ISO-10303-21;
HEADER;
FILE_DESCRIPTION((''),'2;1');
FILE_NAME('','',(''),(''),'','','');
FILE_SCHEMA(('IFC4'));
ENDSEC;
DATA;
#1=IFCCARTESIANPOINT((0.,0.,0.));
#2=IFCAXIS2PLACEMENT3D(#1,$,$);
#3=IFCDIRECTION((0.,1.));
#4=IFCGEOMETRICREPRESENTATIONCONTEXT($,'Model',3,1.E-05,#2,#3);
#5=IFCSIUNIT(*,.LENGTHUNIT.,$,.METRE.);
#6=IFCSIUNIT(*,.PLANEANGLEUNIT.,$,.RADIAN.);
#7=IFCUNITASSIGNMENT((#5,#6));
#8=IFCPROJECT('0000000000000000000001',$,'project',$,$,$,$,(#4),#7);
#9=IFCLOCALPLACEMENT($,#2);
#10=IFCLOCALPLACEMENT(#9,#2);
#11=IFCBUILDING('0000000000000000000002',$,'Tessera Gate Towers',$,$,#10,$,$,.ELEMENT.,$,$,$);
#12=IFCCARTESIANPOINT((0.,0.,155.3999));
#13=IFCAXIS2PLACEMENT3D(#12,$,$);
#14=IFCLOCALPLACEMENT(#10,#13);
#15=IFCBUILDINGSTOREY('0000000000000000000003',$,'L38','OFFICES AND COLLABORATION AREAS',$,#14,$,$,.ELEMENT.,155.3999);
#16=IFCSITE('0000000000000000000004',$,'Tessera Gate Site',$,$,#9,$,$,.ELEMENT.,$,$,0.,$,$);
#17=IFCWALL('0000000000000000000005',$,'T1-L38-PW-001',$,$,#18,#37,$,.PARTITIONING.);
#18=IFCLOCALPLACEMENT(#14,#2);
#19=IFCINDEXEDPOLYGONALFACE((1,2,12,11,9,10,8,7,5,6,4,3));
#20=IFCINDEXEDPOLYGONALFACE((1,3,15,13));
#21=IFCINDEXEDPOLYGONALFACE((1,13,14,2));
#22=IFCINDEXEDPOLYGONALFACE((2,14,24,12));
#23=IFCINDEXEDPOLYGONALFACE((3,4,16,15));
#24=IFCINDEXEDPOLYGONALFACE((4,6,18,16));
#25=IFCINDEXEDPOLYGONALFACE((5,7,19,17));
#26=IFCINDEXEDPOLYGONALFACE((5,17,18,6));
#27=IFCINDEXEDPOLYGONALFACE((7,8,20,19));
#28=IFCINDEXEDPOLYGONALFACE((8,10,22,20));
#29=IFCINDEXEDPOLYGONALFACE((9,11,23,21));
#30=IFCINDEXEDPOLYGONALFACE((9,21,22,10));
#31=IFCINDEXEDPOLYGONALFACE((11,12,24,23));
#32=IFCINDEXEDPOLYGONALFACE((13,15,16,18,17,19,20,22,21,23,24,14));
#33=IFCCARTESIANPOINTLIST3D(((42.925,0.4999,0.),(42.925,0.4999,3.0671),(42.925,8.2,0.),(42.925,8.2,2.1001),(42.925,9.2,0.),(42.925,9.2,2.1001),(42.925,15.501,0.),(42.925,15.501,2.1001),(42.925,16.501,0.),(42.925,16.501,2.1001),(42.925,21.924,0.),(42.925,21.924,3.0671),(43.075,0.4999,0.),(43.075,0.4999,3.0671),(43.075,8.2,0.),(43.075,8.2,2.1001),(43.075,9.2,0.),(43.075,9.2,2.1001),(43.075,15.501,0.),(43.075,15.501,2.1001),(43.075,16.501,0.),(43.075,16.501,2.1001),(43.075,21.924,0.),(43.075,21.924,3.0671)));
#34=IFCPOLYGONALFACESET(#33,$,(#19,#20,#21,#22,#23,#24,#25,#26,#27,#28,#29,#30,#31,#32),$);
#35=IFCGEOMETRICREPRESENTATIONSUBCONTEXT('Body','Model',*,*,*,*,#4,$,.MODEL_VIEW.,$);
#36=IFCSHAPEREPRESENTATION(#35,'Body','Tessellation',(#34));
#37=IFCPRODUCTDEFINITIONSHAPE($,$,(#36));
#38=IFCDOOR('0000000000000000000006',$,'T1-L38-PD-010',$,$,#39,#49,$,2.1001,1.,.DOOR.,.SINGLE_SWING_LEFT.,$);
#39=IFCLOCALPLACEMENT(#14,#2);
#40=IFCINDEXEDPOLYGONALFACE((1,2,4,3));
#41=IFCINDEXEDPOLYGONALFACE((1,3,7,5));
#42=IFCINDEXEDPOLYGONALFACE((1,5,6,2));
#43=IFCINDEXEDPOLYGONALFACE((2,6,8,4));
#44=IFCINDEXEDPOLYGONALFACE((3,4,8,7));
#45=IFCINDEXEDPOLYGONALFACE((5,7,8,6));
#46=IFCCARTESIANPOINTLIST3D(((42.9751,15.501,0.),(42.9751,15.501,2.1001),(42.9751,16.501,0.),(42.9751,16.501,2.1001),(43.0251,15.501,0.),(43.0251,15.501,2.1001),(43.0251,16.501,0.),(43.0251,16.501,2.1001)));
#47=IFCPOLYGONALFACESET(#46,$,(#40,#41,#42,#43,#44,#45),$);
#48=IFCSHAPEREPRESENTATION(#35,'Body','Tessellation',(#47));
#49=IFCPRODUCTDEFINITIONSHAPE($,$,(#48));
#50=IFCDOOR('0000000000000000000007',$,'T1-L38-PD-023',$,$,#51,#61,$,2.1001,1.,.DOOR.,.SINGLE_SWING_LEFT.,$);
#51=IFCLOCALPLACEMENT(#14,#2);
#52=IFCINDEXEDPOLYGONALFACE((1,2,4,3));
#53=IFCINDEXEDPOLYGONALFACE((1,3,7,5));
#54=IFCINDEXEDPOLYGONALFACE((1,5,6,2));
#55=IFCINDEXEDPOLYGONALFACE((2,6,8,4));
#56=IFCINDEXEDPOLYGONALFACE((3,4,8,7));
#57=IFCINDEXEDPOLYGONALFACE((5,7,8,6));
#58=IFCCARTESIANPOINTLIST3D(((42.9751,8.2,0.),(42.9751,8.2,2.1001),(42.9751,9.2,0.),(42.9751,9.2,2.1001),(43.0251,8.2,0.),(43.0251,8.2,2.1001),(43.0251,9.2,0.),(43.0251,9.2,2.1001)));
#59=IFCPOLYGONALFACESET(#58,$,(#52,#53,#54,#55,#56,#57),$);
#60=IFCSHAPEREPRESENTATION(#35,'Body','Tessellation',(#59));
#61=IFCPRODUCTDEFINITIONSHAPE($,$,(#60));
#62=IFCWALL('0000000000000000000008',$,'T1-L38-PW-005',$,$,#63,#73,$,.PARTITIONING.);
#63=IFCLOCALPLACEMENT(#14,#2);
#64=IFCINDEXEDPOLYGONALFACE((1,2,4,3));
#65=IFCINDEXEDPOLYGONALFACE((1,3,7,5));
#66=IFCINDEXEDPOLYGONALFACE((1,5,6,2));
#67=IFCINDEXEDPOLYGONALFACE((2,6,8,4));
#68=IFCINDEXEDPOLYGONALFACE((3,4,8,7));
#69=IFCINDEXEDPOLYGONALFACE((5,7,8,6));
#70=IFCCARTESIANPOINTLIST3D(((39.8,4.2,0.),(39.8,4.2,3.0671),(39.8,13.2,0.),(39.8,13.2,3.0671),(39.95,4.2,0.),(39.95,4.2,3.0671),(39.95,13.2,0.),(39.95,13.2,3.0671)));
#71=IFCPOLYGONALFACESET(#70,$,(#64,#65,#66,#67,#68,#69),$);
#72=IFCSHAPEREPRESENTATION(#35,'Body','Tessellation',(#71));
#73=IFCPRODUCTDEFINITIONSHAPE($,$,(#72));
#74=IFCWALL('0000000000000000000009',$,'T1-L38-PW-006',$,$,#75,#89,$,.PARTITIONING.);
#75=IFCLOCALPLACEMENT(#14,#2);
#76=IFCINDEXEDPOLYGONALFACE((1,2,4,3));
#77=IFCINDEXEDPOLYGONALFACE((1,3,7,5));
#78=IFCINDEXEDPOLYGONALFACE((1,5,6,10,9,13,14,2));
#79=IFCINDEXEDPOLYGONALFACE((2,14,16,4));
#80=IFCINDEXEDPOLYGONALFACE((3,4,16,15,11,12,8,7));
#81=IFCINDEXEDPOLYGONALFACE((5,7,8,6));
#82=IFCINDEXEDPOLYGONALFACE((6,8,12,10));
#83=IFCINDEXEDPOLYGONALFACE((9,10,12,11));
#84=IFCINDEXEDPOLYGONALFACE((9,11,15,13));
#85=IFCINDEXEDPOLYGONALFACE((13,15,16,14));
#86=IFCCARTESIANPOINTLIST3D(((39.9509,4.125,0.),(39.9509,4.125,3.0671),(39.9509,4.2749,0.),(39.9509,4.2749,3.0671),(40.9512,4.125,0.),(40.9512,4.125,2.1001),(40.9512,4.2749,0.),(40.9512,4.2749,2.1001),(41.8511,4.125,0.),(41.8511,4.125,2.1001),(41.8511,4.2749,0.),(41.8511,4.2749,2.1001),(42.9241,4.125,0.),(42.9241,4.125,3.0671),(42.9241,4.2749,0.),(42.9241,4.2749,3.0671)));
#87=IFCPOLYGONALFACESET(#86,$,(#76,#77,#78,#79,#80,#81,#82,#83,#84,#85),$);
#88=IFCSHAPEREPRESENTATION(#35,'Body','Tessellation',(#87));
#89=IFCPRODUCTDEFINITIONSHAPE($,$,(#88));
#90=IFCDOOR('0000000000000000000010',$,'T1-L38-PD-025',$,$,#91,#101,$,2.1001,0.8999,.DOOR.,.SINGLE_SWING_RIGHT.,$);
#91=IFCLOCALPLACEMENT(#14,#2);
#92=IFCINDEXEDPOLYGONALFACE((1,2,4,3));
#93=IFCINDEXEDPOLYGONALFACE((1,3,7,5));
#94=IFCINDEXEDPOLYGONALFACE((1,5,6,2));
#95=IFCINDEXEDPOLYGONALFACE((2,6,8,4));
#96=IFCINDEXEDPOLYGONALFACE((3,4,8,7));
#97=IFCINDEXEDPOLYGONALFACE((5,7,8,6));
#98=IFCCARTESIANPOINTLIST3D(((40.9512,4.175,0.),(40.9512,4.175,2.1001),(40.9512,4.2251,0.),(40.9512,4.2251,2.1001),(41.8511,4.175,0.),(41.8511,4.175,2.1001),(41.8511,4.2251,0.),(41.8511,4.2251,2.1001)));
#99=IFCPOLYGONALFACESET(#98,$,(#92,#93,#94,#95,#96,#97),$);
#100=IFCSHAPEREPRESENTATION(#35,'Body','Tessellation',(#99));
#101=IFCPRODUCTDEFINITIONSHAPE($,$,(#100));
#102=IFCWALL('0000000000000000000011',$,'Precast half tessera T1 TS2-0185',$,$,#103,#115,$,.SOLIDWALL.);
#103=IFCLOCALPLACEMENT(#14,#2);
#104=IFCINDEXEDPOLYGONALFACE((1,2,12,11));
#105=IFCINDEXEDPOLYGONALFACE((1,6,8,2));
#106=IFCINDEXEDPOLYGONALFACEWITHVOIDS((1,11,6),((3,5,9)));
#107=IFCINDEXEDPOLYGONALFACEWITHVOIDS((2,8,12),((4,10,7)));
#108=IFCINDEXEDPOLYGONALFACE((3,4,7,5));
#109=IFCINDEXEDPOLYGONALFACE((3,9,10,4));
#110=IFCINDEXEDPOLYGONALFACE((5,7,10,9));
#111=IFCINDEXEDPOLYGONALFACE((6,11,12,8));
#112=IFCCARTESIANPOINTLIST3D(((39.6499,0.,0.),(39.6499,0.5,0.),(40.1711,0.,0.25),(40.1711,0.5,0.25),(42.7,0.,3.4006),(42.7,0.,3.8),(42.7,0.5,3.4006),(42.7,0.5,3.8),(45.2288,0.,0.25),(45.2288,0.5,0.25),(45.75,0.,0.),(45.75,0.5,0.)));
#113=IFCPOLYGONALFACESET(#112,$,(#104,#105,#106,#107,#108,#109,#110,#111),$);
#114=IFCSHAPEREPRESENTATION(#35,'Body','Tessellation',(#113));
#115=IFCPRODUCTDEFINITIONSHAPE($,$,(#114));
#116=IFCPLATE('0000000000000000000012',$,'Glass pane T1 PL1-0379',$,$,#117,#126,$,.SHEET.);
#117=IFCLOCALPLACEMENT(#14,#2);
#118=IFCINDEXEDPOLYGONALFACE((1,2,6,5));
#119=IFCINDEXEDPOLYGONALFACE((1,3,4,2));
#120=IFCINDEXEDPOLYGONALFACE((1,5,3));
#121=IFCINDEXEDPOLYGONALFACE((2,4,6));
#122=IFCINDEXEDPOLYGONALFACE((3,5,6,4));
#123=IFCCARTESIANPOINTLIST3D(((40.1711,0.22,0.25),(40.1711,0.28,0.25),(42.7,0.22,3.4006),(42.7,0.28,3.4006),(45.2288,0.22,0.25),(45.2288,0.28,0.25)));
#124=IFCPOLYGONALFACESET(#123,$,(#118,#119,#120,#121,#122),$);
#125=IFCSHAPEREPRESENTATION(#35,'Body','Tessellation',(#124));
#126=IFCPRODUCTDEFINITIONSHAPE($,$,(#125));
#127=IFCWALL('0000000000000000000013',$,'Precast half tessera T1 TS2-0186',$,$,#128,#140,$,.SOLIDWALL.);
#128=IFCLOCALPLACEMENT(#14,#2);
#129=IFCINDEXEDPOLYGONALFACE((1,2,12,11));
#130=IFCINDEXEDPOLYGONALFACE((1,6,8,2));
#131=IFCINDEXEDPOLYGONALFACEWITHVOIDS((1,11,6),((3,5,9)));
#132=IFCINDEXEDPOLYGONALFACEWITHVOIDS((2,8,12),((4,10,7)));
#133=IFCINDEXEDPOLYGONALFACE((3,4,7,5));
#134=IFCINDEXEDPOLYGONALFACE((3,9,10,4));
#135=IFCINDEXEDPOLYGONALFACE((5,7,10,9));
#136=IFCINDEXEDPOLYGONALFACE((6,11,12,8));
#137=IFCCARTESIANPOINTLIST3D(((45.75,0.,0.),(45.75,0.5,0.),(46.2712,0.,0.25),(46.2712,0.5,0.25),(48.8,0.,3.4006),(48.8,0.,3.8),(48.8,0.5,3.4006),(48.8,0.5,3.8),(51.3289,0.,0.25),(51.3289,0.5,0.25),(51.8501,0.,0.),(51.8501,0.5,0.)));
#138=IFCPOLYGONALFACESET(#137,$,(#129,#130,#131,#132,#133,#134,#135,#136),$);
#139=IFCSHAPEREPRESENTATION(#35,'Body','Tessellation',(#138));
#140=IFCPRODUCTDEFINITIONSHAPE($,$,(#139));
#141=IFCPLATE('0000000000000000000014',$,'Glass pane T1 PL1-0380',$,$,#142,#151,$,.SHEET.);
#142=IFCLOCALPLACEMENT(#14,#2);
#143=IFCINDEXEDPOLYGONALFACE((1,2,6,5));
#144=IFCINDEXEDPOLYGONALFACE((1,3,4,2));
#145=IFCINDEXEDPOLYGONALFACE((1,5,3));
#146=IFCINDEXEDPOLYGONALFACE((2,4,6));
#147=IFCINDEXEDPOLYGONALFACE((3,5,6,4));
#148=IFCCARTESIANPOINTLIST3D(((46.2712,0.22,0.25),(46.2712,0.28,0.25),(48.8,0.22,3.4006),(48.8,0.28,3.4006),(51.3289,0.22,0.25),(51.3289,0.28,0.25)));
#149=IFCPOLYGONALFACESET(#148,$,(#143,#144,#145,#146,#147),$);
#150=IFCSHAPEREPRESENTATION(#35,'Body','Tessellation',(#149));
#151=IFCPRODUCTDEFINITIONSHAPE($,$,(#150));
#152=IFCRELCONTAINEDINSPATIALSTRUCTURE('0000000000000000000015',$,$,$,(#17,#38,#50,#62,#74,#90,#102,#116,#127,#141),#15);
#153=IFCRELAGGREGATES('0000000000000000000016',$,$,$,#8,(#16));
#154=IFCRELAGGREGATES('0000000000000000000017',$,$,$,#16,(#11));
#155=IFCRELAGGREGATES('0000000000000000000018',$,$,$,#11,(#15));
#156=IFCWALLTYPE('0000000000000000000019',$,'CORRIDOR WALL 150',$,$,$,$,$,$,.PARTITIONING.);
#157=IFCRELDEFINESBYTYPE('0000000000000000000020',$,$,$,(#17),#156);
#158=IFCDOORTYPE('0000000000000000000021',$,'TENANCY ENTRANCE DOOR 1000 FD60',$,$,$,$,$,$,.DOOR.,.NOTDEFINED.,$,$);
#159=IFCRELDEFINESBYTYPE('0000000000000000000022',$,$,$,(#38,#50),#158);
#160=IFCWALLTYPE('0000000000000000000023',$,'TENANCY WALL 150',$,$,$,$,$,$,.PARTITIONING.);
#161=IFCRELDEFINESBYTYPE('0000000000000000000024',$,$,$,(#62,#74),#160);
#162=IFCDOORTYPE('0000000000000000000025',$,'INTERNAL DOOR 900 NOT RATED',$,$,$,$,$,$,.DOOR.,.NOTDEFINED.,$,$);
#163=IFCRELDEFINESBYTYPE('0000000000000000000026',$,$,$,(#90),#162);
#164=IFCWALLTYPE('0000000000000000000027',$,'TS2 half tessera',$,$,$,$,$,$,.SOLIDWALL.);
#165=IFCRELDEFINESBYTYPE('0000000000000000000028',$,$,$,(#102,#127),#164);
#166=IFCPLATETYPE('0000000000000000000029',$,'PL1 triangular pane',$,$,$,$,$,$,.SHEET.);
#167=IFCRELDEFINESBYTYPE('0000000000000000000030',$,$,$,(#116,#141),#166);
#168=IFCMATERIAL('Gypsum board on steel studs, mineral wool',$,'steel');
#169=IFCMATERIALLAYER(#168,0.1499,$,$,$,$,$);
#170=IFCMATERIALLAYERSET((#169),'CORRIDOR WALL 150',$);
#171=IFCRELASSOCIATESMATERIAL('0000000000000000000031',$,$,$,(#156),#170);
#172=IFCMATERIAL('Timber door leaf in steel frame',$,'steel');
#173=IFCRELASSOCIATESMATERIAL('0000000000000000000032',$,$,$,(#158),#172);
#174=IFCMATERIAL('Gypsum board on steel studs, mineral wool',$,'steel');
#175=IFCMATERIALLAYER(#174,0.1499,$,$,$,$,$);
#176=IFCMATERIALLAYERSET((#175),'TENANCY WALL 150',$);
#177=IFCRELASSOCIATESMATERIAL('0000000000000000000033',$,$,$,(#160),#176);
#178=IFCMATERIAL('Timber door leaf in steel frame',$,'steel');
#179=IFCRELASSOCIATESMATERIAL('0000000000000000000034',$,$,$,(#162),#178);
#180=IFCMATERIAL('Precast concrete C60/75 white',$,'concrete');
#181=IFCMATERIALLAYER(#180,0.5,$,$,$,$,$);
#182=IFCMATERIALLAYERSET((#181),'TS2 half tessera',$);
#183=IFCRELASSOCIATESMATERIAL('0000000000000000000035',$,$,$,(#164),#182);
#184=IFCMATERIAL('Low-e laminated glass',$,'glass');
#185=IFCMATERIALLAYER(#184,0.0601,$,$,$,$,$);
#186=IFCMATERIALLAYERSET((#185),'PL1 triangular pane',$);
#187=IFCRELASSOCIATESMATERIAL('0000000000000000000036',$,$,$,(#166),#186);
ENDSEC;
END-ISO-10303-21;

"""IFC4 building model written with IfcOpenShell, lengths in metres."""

from ifc_helpers import new_model, si_unit, direction, frame, frame_2d, origin, place, context, subcontext, project, spatial, polyline, rectangle, outline, extrude, source, transform, mapped, material, layer, layer_set, type_object, element, fill, save


model = new_model("IFC4")

# Units and contexts
model_context = context("Model", 3, precision=1e-05, world=origin(), true_north=direction((0.0, 1.0)))
body_context = subcontext(model_context, "Body", "Model", "MODEL_VIEW")
ifc_project = project(units=[si_unit("LENGTHUNIT", "METRE"), si_unit("PLANEANGLEUNIT", "RADIAN")], contexts=[model_context])

# Site, building, storey
site_placement = place(None, origin())
site = spatial("IfcSite", under=ifc_project, at=site_placement, Name="Tessera Gate Site", CompositionType="ELEMENT", RefElevation=0.0)
building_placement = place(site_placement, origin())
building = spatial("IfcBuilding", under=site, at=building_placement, Name="Tessera Gate Towers", CompositionType="ELEMENT")
storey_placement = place(building_placement, frame((0.0, 0.0, 155.3999)))
storey = spatial("IfcBuildingStorey", under=building, at=storey_placement, Name="L38", Description="OFFICES AND COLLABORATION AREAS", CompositionType="ELEMENT", Elevation=155.3999)

# Wall, openings, doors
ifc_material_1 = material(Name="Gypsum board on steel studs, mineral wool", Category="steel")
ifc_layer_1 = layer(ifc_material_1, 0.1499)
ifc_layer_set_1 = layer_set([ifc_layer_1], Name="CORRIDOR WALL 150")
wall_type_1 = type_object("IfcWallType", Name="CORRIDOR WALL 150", PredefinedType="PARTITIONING", material=ifc_layer_set_1)
wall_1_placement = place(storey_placement, frame((43.0, 0.5, 0.0), z_axis=(0.0, 0.0, 1.0), x_axis=(0.0, 1.0, 0.0)))
wall_1 = element("IfcWall", 1, at=wall_1_placement, inside=storey, type_object=wall_type_1, Name="T1-L38-PW-001", PredefinedType="PARTITIONING", context=body_context, shape_type="SweptSolid", body=[
    extrude(rectangle(XDim=21.4241, YDim=0.1499, at=frame_2d((10.7119, 0.0))), origin(), (0.0, 0.0, 1.0), 3.0671),
])
shared_shape_1 = source(origin(), body_context, "Body", "SweptSolid", [
    extrude(rectangle(XDim=1.0, YDim=2.1001, at=frame_2d((0.5, 1.05))), frame((0.0, 0.085, 0.0), z_axis=(0.0, -1.0, 0.0), x_axis=(1.0, 0.0, 0.0)), (0.0, 0.0, 1.0), 0.1699),
])
opening_1_placement = place(wall_1_placement, frame((15.001, 0.0, 0.0)))
opening_1 = element("IfcOpeningElement", 2, at=opening_1_placement, cuts=wall_1, PredefinedType="OPENING", context=body_context, shape_type="MappedRepresentation", body=[
    mapped(shared_shape_1, transform((0.0, 0.0, 0.0), scale=1.0)),
])
opening_2_placement = place(wall_1_placement, frame((7.7, 0.0, 0.0)))
opening_2 = element("IfcOpeningElement", 3, at=opening_2_placement, cuts=wall_1, PredefinedType="OPENING", context=body_context, shape_type="MappedRepresentation", body=[
    mapped(shared_shape_1, transform((0.0, 0.0, 0.0), scale=1.0)),
])
ifc_material_2 = material(Name="Timber door leaf in steel frame", Category="steel")
door_type_1 = type_object("IfcDoorType", Name="TENANCY ENTRANCE DOOR 1000 FD60", OperationType="NOTDEFINED", PredefinedType="DOOR", material=ifc_material_2)
shared_shape_2 = source(origin(), body_context, "Body", "SweptSolid", [
    extrude(rectangle(XDim=1.0, YDim=2.1001, at=frame_2d((0.5, 1.05))), frame((0.0, 0.0249, 0.0), z_axis=(0.0, -1.0, 0.0), x_axis=(1.0, 0.0, 0.0)), (0.0, 0.0, 1.0), 0.05),
])
door_1_placement = place(opening_1_placement, origin())
door_1 = element("IfcDoor", 4, at=door_1_placement, inside=storey, type_object=door_type_1, Name="T1-L38-PD-010", OperationType="SINGLE_SWING_LEFT", OverallHeight=2.1001, OverallWidth=1.0, PredefinedType="DOOR", context=body_context, shape_type="MappedRepresentation", body=[
    mapped(shared_shape_2, transform((0.0, 0.0, 0.0), scale=1.0)),
])
fill(opening_1, door_1)
door_2_placement = place(opening_2_placement, origin())
door_2 = element("IfcDoor", 5, at=door_2_placement, inside=storey, type_object=door_type_1, Name="T1-L38-PD-023", OperationType="SINGLE_SWING_LEFT", OverallHeight=2.1001, OverallWidth=1.0, PredefinedType="DOOR", context=body_context, shape_type="MappedRepresentation", body=[
    mapped(shared_shape_2, transform((0.0, 0.0, 0.0), scale=1.0)),
])
fill(opening_2, door_2)

# Wall
ifc_material_3 = material(Name="Gypsum board on steel studs, mineral wool", Category="steel")
ifc_layer_2 = layer(ifc_material_3, 0.1499)
ifc_layer_set_2 = layer_set([ifc_layer_2], Name="TENANCY WALL 150")
wall_type_2 = type_object("IfcWallType", Name="TENANCY WALL 150", PredefinedType="PARTITIONING", material=ifc_layer_set_2)
wall_2_placement = place(storey_placement, frame((39.875, 4.2, 0.0), z_axis=(0.0, 0.0, 1.0), x_axis=(0.0, 1.0, 0.0)))
element("IfcWall", 6, at=wall_2_placement, inside=storey, type_object=wall_type_2, Name="T1-L38-PW-005", PredefinedType="PARTITIONING", context=body_context, shape_type="SweptSolid", body=[
    extrude(rectangle(XDim=9.0, YDim=0.1499, at=frame_2d((4.5, 0.0))), origin(), (0.0, 0.0, 1.0), 3.0671),
])

# Wall, opening, door
wall_3_placement = place(storey_placement, frame((42.9241, 4.2, 0.0), z_axis=(0.0, 0.0, 1.0), x_axis=(-1.0, 0.0, 0.0)))
wall_3 = element("IfcWall", 7, at=wall_3_placement, inside=storey, type_object=wall_type_2, Name="T1-L38-PW-006", PredefinedType="PARTITIONING", context=body_context, shape_type="SweptSolid", body=[
    extrude(rectangle(XDim=2.9731, YDim=0.1499, at=frame_2d((1.4866, 0.0))), origin(), (0.0, 0.0, 1.0), 3.0671),
])
shared_shape_3 = source(origin(), body_context, "Body", "SweptSolid", [
    extrude(rectangle(XDim=0.8999, YDim=2.1001, at=frame_2d((0.45, 1.05))), frame((0.0, 0.085, 0.0), z_axis=(0.0, -1.0, 0.0), x_axis=(1.0, 0.0, 0.0)), (0.0, 0.0, 1.0), 0.1699),
])
opening_3_placement = place(wall_3_placement, frame((1.073, 0.0, 0.0)))
opening_3 = element("IfcOpeningElement", 8, at=opening_3_placement, cuts=wall_3, PredefinedType="OPENING", context=body_context, shape_type="MappedRepresentation", body=[
    mapped(shared_shape_3, transform((0.0, 0.0, 0.0), scale=1.0)),
])
ifc_material_4 = material(Name="Timber door leaf in steel frame", Category="steel")
door_type_2 = type_object("IfcDoorType", Name="INTERNAL DOOR 900 NOT RATED", OperationType="NOTDEFINED", PredefinedType="DOOR", material=ifc_material_4)
shared_shape_4 = source(origin(), body_context, "Body", "SweptSolid", [
    extrude(rectangle(XDim=0.8999, YDim=2.1001, at=frame_2d((0.45, 1.05))), frame((0.0, 0.0249, 0.0), z_axis=(0.0, -1.0, 0.0), x_axis=(1.0, 0.0, 0.0)), (0.0, 0.0, 1.0), 0.05),
])
door_3_placement = place(opening_3_placement, origin())
door_3 = element("IfcDoor", 9, at=door_3_placement, inside=storey, type_object=door_type_2, Name="T1-L38-PD-025", OperationType="SINGLE_SWING_RIGHT", OverallHeight=2.1001, OverallWidth=0.8999, PredefinedType="DOOR", context=body_context, shape_type="MappedRepresentation", body=[
    mapped(shared_shape_4, transform((0.0, 0.0, 0.0), scale=1.0)),
])
fill(opening_3, door_3)

# Walls, openings, plates
ifc_material_5 = material(Name="Precast concrete C60/75 white", Category="concrete")
ifc_layer_3 = layer(ifc_material_5, 0.5)
ifc_layer_set_3 = layer_set([ifc_layer_3], Name="TS2 half tessera")
wall_type_3 = type_object("IfcWallType", Name="TS2 half tessera", PredefinedType="SOLIDWALL", material=ifc_layer_set_3)
shared_shape_5 = source(origin(), body_context, "Body", "SweptSolid", [
    extrude(outline(polyline([(6.1001, 0.0), (3.05, 3.8), (0.0, 0.0), (6.1001, 0.0)])), frame((0.0, 0.25, 0.0), z_axis=(0.0, -1.0, 0.0), x_axis=(1.0, 0.0, 0.0)), (0.0, 0.0, 1.0), 0.5),
])
wall_4_placement = place(storey_placement, frame((39.6499, 0.25, 0.0), z_axis=(0.0, 0.0, 1.0), x_axis=(1.0, 0.0, 0.0)))
wall_4 = element("IfcWall", 10, at=wall_4_placement, inside=storey, type_object=wall_type_3, Name="Precast half tessera T1 TS2-0185", PredefinedType="SOLIDWALL", context=body_context, shape_type="MappedRepresentation", body=[
    mapped(shared_shape_5, transform((0.0, 0.0, 0.0), scale=1.0)),
])
shared_shape_6 = source(origin(), body_context, "Body", "SweptSolid", [
    extrude(outline(polyline([(5.5789, 0.25), (3.05, 3.4006), (0.5212, 0.25), (5.5789, 0.25)])), frame((0.0, 0.26, 0.0), z_axis=(0.0, -1.0, 0.0), x_axis=(1.0, 0.0, 0.0)), (0.0, 0.0, 1.0), 0.52),
])
opening_4_placement = place(wall_4_placement, origin())
opening_4 = element("IfcOpeningElement", 11, at=opening_4_placement, cuts=wall_4, PredefinedType="OPENING", context=body_context, shape_type="MappedRepresentation", body=[
    mapped(shared_shape_6, transform((0.0, 0.0, 0.0), scale=1.0)),
])
ifc_material_6 = material(Name="Low-e laminated glass", Category="glass")
ifc_layer_4 = layer(ifc_material_6, 0.0601)
ifc_layer_set_4 = layer_set([ifc_layer_4], Name="PL1 triangular pane")
plate_type = type_object("IfcPlateType", Name="PL1 triangular pane", PredefinedType="SHEET", material=ifc_layer_set_4)
shared_shape_7 = source(origin(), body_context, "Body", "SweptSolid", [
    extrude(outline(polyline([(5.5789, 0.25), (3.05, 3.4006), (0.5212, 0.25), (5.5789, 0.25)])), frame((0.0, 0.03, 0.0), z_axis=(0.0, -1.0, 0.0), x_axis=(1.0, 0.0, 0.0)), (0.0, 0.0, 1.0), 0.0601),
])
plate_1_placement = place(opening_4_placement, origin())
plate_1 = element("IfcPlate", 12, at=plate_1_placement, inside=storey, type_object=plate_type, Name="Glass pane T1 PL1-0379", PredefinedType="SHEET", context=body_context, shape_type="MappedRepresentation", body=[
    mapped(shared_shape_7, transform((0.0, 0.0, 0.0), scale=1.0)),
])
fill(opening_4, plate_1)
wall_5_placement = place(storey_placement, frame((45.75, 0.25, 0.0), z_axis=(0.0, 0.0, 1.0), x_axis=(1.0, 0.0, 0.0)))
wall_5 = element("IfcWall", 13, at=wall_5_placement, inside=storey, type_object=wall_type_3, Name="Precast half tessera T1 TS2-0186", PredefinedType="SOLIDWALL", context=body_context, shape_type="MappedRepresentation", body=[
    mapped(shared_shape_5, transform((0.0, 0.0, 0.0), scale=1.0)),
])
opening_5_placement = place(wall_5_placement, origin())
opening_5 = element("IfcOpeningElement", 14, at=opening_5_placement, cuts=wall_5, PredefinedType="OPENING", context=body_context, shape_type="MappedRepresentation", body=[
    mapped(shared_shape_6, transform((0.0, 0.0, 0.0), scale=1.0)),
])
plate_2_placement = place(opening_5_placement, origin())
plate_2 = element("IfcPlate", 15, at=plate_2_placement, inside=storey, type_object=plate_type, Name="Glass pane T1 PL1-0380", PredefinedType="SHEET", context=body_context, shape_type="MappedRepresentation", body=[
    mapped(shared_shape_7, transform((0.0, 0.0, 0.0), scale=1.0)),
])
fill(opening_5, plate_2)

save(model, "model.ifc")
